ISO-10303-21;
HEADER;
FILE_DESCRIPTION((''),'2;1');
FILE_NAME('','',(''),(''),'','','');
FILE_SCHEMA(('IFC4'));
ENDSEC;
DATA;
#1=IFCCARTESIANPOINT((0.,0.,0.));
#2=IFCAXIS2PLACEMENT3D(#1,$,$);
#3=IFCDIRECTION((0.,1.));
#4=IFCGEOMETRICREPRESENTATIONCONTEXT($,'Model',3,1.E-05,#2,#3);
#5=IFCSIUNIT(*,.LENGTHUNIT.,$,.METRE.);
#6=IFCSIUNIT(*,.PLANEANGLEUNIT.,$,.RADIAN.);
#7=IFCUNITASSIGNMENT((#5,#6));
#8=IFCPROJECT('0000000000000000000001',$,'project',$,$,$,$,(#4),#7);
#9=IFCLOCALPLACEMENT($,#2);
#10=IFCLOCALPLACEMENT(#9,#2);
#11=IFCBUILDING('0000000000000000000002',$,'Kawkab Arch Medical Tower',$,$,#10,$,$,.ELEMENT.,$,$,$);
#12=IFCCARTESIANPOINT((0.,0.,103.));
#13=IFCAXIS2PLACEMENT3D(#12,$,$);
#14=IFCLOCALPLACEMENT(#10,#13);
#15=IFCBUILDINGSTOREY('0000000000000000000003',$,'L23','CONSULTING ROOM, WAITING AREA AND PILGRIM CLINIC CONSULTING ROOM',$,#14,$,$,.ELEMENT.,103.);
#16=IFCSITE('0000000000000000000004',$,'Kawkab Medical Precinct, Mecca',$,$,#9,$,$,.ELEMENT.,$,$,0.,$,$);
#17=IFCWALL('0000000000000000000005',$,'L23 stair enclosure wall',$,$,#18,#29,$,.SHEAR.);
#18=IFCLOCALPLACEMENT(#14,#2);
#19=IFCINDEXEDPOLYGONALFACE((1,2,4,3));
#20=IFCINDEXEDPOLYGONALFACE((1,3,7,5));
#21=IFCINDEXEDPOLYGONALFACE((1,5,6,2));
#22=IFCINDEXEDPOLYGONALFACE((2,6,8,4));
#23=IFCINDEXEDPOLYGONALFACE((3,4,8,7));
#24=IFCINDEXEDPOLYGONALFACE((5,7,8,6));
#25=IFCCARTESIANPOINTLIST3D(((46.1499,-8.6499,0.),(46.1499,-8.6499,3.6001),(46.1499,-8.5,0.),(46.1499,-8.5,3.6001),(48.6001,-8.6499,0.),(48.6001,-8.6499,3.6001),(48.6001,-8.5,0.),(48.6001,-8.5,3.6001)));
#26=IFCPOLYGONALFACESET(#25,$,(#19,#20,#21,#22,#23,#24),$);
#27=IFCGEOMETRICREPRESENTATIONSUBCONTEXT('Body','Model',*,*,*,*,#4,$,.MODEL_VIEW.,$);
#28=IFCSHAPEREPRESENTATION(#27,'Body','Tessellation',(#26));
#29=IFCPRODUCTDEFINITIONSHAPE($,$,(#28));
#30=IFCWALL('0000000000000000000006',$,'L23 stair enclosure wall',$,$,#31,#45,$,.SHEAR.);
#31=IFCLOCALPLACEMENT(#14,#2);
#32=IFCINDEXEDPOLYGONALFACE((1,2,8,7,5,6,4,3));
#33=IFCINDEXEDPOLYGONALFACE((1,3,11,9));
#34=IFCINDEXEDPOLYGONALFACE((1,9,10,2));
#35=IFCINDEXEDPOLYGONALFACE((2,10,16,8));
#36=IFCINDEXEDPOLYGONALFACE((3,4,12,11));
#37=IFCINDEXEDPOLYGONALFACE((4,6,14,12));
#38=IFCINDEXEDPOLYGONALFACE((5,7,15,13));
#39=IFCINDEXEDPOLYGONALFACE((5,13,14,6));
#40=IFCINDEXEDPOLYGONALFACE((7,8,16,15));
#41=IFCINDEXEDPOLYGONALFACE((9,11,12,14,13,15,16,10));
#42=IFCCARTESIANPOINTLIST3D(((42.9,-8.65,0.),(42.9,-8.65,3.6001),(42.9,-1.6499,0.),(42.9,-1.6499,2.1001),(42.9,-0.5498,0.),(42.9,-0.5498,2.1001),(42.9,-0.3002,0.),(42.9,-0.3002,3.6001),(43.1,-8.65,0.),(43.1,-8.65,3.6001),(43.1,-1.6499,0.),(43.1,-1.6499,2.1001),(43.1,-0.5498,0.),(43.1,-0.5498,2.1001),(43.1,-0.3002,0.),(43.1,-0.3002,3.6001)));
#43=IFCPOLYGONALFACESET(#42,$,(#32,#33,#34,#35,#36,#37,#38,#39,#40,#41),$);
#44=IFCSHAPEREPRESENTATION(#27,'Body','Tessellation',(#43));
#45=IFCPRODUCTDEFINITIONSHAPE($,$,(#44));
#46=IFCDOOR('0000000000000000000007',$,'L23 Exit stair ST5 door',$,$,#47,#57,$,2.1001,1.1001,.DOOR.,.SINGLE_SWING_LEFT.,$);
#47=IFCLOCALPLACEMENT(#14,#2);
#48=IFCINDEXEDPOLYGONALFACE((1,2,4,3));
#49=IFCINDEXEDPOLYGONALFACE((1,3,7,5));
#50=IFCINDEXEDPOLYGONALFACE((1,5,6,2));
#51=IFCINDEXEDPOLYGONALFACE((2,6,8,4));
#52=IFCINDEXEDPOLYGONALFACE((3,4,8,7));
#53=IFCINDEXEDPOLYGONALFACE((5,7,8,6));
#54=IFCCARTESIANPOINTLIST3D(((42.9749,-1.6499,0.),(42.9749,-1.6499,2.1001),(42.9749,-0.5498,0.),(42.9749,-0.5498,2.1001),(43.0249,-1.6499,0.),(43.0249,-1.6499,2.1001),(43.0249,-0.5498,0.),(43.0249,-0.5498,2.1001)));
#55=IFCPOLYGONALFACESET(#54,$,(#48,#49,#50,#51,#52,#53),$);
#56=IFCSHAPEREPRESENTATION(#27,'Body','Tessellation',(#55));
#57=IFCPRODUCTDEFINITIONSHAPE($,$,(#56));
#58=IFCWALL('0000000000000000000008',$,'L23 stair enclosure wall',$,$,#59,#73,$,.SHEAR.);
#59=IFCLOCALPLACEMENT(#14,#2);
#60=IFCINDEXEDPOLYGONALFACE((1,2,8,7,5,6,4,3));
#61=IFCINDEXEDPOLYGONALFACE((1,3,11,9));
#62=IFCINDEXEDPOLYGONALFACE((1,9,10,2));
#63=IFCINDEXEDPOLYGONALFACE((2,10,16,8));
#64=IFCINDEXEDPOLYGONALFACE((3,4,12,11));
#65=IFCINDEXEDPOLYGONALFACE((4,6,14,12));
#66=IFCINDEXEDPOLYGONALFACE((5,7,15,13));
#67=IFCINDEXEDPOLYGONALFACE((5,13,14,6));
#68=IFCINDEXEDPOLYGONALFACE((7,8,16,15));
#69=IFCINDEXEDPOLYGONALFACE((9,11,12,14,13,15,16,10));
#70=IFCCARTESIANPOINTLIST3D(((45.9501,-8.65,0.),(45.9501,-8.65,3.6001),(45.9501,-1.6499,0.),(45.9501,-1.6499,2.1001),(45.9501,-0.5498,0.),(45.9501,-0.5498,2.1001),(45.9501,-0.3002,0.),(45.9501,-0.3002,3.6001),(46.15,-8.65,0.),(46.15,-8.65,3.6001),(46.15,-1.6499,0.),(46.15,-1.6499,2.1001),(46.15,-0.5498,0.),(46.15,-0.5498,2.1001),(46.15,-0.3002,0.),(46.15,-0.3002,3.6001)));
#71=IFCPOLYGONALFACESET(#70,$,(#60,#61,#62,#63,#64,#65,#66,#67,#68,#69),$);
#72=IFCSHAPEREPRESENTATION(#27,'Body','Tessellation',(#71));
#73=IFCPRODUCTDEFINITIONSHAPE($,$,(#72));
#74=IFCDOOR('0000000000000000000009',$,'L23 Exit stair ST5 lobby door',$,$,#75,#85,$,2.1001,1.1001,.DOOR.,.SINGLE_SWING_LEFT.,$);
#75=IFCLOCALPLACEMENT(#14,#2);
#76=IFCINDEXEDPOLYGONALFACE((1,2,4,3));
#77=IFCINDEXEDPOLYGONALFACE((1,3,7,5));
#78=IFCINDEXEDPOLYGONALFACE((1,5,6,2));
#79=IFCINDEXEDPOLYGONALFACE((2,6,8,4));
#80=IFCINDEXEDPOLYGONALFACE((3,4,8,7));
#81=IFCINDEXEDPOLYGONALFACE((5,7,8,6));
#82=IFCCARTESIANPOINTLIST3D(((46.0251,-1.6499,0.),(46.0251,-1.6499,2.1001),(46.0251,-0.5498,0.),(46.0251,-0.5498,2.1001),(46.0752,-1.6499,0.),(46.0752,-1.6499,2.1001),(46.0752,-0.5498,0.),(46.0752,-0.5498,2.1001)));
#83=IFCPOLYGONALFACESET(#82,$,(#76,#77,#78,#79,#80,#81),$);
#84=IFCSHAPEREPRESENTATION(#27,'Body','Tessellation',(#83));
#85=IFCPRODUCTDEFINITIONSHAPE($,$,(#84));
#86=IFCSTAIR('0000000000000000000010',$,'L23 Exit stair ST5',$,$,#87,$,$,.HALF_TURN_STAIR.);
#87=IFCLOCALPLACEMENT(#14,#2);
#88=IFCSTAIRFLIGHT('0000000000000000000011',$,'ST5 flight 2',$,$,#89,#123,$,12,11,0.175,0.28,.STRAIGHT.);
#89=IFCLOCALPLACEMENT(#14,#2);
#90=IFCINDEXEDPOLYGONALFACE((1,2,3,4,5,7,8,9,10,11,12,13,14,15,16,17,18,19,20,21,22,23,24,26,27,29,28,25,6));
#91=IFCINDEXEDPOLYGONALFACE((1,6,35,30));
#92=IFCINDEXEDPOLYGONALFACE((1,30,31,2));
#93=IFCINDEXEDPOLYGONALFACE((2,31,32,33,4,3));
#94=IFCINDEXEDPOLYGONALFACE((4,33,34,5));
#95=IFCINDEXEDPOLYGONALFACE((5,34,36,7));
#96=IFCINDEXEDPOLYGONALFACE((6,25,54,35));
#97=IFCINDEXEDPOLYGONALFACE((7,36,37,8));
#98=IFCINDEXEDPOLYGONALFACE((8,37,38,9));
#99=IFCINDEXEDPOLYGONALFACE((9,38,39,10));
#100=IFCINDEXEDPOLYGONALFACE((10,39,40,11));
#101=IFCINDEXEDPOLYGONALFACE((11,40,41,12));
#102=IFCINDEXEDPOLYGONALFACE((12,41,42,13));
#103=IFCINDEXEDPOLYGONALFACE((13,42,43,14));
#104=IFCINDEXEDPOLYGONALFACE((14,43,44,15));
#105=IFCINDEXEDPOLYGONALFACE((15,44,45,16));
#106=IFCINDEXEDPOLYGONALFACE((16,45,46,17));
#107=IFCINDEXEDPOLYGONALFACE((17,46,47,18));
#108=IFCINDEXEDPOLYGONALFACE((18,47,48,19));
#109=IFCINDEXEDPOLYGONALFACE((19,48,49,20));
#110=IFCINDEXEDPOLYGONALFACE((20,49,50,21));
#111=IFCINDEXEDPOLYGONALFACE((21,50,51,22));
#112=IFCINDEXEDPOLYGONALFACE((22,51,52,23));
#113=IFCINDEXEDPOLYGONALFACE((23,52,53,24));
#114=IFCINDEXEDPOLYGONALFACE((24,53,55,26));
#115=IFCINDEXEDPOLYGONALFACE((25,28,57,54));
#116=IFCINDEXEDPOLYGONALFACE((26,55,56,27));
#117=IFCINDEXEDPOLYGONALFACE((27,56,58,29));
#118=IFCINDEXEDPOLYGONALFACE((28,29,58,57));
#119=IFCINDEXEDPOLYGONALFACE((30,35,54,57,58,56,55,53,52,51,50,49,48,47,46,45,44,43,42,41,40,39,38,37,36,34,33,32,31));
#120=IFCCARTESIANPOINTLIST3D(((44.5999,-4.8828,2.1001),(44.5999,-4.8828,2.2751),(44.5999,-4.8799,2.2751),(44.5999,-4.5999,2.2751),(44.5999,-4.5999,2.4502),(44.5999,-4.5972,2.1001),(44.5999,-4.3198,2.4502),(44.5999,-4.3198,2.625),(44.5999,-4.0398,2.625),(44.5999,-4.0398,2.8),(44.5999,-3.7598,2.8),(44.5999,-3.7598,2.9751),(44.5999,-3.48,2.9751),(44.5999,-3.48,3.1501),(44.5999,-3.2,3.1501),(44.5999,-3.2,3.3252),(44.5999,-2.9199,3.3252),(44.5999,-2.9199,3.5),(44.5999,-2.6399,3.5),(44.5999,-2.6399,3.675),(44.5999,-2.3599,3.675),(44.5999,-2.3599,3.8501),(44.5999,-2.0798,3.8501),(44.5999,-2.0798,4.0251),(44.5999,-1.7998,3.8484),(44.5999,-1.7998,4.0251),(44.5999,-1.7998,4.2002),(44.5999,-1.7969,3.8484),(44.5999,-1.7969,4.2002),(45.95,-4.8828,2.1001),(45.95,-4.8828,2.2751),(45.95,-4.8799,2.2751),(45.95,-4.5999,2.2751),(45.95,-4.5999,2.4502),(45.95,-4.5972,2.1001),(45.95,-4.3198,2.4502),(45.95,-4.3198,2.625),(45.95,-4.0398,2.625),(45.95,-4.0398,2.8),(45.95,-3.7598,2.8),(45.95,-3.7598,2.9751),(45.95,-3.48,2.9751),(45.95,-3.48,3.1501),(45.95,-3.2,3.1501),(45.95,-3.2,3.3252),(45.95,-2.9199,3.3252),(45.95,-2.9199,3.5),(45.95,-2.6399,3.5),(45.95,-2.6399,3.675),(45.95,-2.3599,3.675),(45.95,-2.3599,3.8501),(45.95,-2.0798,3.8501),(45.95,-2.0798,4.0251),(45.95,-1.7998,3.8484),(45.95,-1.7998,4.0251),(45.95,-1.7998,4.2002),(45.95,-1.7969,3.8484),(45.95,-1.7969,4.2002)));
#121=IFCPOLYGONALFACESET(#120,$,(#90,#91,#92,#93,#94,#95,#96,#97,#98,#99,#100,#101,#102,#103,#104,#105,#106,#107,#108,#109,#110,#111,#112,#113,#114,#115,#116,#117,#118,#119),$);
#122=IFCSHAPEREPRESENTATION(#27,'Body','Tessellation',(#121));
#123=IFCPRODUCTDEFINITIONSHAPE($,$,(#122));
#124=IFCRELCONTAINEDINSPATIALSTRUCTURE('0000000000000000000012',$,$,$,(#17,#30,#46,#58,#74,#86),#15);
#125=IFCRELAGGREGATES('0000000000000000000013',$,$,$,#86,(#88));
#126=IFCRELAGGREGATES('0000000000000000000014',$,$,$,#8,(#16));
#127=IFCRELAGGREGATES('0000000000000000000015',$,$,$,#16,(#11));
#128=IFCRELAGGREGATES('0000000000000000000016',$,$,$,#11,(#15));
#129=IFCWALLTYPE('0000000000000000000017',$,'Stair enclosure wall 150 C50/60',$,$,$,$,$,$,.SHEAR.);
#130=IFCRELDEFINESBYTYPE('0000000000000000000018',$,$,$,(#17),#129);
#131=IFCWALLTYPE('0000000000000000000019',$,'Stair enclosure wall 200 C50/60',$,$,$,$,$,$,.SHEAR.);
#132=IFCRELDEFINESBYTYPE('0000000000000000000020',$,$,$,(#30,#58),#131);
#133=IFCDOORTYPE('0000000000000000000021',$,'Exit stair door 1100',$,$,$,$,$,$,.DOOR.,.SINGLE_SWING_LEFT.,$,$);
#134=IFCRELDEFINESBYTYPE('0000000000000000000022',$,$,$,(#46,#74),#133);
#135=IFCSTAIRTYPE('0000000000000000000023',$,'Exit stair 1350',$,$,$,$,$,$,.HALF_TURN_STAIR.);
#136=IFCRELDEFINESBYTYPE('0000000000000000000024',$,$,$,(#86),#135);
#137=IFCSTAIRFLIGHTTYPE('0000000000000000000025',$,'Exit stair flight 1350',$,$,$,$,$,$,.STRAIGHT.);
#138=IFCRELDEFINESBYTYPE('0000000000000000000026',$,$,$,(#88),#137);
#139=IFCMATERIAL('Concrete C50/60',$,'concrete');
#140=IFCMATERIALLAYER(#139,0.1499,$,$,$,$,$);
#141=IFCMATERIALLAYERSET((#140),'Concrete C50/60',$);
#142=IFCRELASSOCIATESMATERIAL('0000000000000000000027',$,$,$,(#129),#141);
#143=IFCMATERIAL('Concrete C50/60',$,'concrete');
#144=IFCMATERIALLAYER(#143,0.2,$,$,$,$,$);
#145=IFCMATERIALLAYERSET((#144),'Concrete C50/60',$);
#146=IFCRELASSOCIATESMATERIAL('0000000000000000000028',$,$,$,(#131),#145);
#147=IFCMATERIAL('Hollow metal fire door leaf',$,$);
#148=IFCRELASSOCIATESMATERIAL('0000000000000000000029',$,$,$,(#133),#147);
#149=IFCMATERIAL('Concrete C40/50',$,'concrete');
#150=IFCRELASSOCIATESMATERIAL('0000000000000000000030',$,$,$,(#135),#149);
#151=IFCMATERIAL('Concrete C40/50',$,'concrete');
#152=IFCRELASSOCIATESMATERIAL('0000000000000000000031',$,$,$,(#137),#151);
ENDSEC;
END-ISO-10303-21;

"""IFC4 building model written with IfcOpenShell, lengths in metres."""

from ifc_helpers import new_model, si_unit, direction, frame, frame_2d, origin, place, context, subcontext, project, spatial, polyline, rectangle, outline, extrude, material, layer, layer_set, type_object, element, fill, aggregate, save


model = new_model("IFC4")

# Units and contexts
model_context = context("Model", 3, precision=1e-05, world=origin(), true_north=direction((0.0, 1.0)))
body_context = subcontext(model_context, "Body", "Model", "MODEL_VIEW")
ifc_project = project(units=[si_unit("LENGTHUNIT", "METRE"), si_unit("PLANEANGLEUNIT", "RADIAN")], contexts=[model_context])

# Site, building, storey
site_placement = place(None, origin())
site = spatial("IfcSite", under=ifc_project, at=site_placement, Name="Kawkab Medical Precinct, Mecca", CompositionType="ELEMENT", RefElevation=0.0)
building_placement = place(site_placement, origin())
building = spatial("IfcBuilding", under=site, at=building_placement, Name="Kawkab Arch Medical Tower", CompositionType="ELEMENT")
storey_placement = place(building_placement, frame((0.0, 0.0, 103.0)))
storey = spatial("IfcBuildingStorey", under=building, at=storey_placement, Name="L23", Description="CONSULTING ROOM, WAITING AREA AND PILGRIM CLINIC CONSULTING ROOM", CompositionType="ELEMENT", Elevation=103.0)

# Wall
ifc_material_1 = material(Name="Concrete C50/60", Category="concrete")
ifc_layer_1 = layer(ifc_material_1, 0.1499)
ifc_layer_set_1 = layer_set([ifc_layer_1], Name="Concrete C50/60")
wall_type_1 = type_object("IfcWallType", Name="Stair enclosure wall 150 C50/60", PredefinedType="SHEAR", material=ifc_layer_set_1)
wall_1_placement = place(storey_placement, frame((46.1499, -8.575, 0.0), z_axis=(0.0, 0.0, 1.0), x_axis=(1.0, 0.0, 0.0)))
element("IfcWall", 1, at=wall_1_placement, inside=storey, type_object=wall_type_1, Name="L23 stair enclosure wall", PredefinedType="SHEAR", context=body_context, shape_type="SweptSolid", body=[
    extrude(rectangle(XDim=2.4502, YDim=0.1499, at=frame_2d((1.2251, 0.0))), origin(), (0.0, 0.0, 1.0), 3.6001),
])

# Walls, openings, doors
ifc_material_2 = material(Name="Concrete C50/60", Category="concrete")
ifc_layer_2 = layer(ifc_material_2, 0.2)
ifc_layer_set_2 = layer_set([ifc_layer_2], Name="Concrete C50/60")
wall_type_2 = type_object("IfcWallType", Name="Stair enclosure wall 200 C50/60", PredefinedType="SHEAR", material=ifc_layer_set_2)
wall_2_placement = place(storey_placement, frame((43.0, -8.6499, 0.0), z_axis=(0.0, 0.0, 1.0), x_axis=(0.0, 1.0, 0.0)))
wall_2 = element("IfcWall", 2, at=wall_2_placement, inside=storey, type_object=wall_type_2, Name="L23 stair enclosure wall", PredefinedType="SHEAR", context=body_context, shape_type="SweptSolid", body=[
    extrude(rectangle(XDim=8.3499, YDim=0.2, at=frame_2d((4.1748, 0.0))), origin(), (0.0, 0.0, 1.0), 3.6001),
])
opening_1_placement = place(wall_2_placement, frame((7.0, 0.0, 0.0)))
opening_1 = element("IfcOpeningElement", 3, at=opening_1_placement, cuts=wall_2, PredefinedType="OPENING", context=body_context, shape_type="SweptSolid", body=[
    extrude(rectangle(XDim=1.1001, YDim=2.1001, at=frame_2d((0.55, 1.05))), frame((0.0, 0.1099, 0.0), z_axis=(0.0, -1.0, 0.0), x_axis=(1.0, 0.0, 0.0)), (0.0, 0.0, 1.0), 0.22),
])
ifc_material_3 = material(Name="Hollow metal fire door leaf")
door_type_1 = type_object("IfcDoorType", Name="Exit stair door 1100", OperationType="SINGLE_SWING_LEFT", PredefinedType="DOOR", material=ifc_material_3)
door_1_placement = place(opening_1_placement, frame((1.1001, 0.0, 0.0), z_axis=(0.0, 0.0, 1.0), x_axis=(-1.0, 0.0, 0.0)))
door_1 = element("IfcDoor", 4, at=door_1_placement, inside=storey, type_object=door_type_1, Name="L23 Exit stair ST5 door", OperationType="SINGLE_SWING_LEFT", OverallHeight=2.1001, OverallWidth=1.1001, PredefinedType="DOOR", context=body_context, shape_type="SweptSolid", body=[
    extrude(rectangle(XDim=1.1001, YDim=2.1001, at=frame_2d((0.55, 1.05))), frame((0.0, 0.0249, 0.0), z_axis=(0.0, -1.0, 0.0), x_axis=(1.0, 0.0, 0.0)), (0.0, 0.0, 1.0), 0.05),
])
fill(opening_1, door_1)
wall_3_placement = place(storey_placement, frame((46.05, -8.6499, 0.0), z_axis=(0.0, 0.0, 1.0), x_axis=(0.0, 1.0, 0.0)))
wall_3 = element("IfcWall", 5, at=wall_3_placement, inside=storey, type_object=wall_type_2, Name="L23 stair enclosure wall", PredefinedType="SHEAR", context=body_context, shape_type="SweptSolid", body=[
    extrude(rectangle(XDim=8.3499, YDim=0.2, at=frame_2d((4.1748, 0.0))), origin(), (0.0, 0.0, 1.0), 3.6001),
])
opening_2_placement = place(wall_3_placement, frame((7.0, 0.0, 0.0)))
opening_2 = element("IfcOpeningElement", 6, at=opening_2_placement, cuts=wall_3, PredefinedType="OPENING", context=body_context, shape_type="SweptSolid", body=[
    extrude(rectangle(XDim=1.1001, YDim=2.1001, at=frame_2d((0.55, 1.05))), frame((0.0, 0.1099, 0.0), z_axis=(0.0, -1.0, 0.0), x_axis=(1.0, 0.0, 0.0)), (0.0, 0.0, 1.0), 0.22),
])
door_2_placement = place(opening_2_placement, origin())
door_2 = element("IfcDoor", 7, at=door_2_placement, inside=storey, type_object=door_type_1, Name="L23 Exit stair ST5 lobby door", OperationType="SINGLE_SWING_LEFT", OverallHeight=2.1001, OverallWidth=1.1001, PredefinedType="DOOR", context=body_context, shape_type="SweptSolid", body=[
    extrude(rectangle(XDim=1.1001, YDim=2.1001, at=frame_2d((0.55, 1.05))), frame((0.0, 0.0249, 0.0), z_axis=(0.0, -1.0, 0.0), x_axis=(1.0, 0.0, 0.0)), (0.0, 0.0, 1.0), 0.05),
])
fill(opening_2, door_2)

# Stair, stair flight
ifc_material_4 = material(Name="Concrete C40/50", Category="concrete")
stair_type = type_object("IfcStairType", Name="Exit stair 1350", PredefinedType="HALF_TURN_STAIR", material=ifc_material_4)
stair_placement = place(storey_placement, origin())
stair = element("IfcStair", 8, at=stair_placement, inside=storey, type_object=stair_type, Name="L23 Exit stair ST5", PredefinedType="HALF_TURN_STAIR")
ifc_material_5 = material(Name="Concrete C40/50", Category="concrete")
stair_flight_type = type_object("IfcStairFlightType", Name="Exit stair flight 1350", PredefinedType="STRAIGHT", material=ifc_material_5)
stair_flight_placement = place(storey_placement, frame((45.2749, -4.8799, 2.1001), z_axis=(0.0, 0.0, 1.0), x_axis=(0.0, 1.0, 0.0)))
stair_flight = element("IfcStairFlight", 9, at=stair_flight_placement, type_object=stair_flight_type, Name="ST5 flight 2", NumberOfRisers=12, NumberOfTreads=11, PredefinedType="STRAIGHT", RiserHeight=0.175, TreadLength=0.28, context=body_context, shape_type="SweptSolid", body=[
    extrude(outline(polyline([(-0.0029, 0.0), (-0.0029, 0.175), (0.0, 0.175), (0.28, 0.175), (0.28, 0.3501), (0.5601, 0.3501), (0.5601, 0.5249), (0.8401, 0.5249), (0.8401, 0.7), (1.1201, 0.7), (1.1201, 0.875), (1.3999, 0.875), (1.3999, 1.05), (1.6799, 1.05), (1.6799, 1.2251), (1.96, 1.2251), (1.96, 1.3999), (2.24, 1.3999), (2.24, 1.575), (2.52, 1.575), (2.52, 1.75), (2.8, 1.75), (2.8, 1.925), (3.0801, 1.925), (3.0801, 2.1001), (3.083, 2.1001), (3.083, 1.7483), (3.0801, 1.7483), (0.2827, 0.0), (-0.0029, 0.0)])), frame((0.0, 0.675, 0.0), z_axis=(0.0, -1.0, 0.0), x_axis=(1.0, 0.0, 0.0)), (0.0, 0.0, 1.0), 1.3501),
])
aggregate(stair, [stair_flight])

save(model, "model.ifc")
